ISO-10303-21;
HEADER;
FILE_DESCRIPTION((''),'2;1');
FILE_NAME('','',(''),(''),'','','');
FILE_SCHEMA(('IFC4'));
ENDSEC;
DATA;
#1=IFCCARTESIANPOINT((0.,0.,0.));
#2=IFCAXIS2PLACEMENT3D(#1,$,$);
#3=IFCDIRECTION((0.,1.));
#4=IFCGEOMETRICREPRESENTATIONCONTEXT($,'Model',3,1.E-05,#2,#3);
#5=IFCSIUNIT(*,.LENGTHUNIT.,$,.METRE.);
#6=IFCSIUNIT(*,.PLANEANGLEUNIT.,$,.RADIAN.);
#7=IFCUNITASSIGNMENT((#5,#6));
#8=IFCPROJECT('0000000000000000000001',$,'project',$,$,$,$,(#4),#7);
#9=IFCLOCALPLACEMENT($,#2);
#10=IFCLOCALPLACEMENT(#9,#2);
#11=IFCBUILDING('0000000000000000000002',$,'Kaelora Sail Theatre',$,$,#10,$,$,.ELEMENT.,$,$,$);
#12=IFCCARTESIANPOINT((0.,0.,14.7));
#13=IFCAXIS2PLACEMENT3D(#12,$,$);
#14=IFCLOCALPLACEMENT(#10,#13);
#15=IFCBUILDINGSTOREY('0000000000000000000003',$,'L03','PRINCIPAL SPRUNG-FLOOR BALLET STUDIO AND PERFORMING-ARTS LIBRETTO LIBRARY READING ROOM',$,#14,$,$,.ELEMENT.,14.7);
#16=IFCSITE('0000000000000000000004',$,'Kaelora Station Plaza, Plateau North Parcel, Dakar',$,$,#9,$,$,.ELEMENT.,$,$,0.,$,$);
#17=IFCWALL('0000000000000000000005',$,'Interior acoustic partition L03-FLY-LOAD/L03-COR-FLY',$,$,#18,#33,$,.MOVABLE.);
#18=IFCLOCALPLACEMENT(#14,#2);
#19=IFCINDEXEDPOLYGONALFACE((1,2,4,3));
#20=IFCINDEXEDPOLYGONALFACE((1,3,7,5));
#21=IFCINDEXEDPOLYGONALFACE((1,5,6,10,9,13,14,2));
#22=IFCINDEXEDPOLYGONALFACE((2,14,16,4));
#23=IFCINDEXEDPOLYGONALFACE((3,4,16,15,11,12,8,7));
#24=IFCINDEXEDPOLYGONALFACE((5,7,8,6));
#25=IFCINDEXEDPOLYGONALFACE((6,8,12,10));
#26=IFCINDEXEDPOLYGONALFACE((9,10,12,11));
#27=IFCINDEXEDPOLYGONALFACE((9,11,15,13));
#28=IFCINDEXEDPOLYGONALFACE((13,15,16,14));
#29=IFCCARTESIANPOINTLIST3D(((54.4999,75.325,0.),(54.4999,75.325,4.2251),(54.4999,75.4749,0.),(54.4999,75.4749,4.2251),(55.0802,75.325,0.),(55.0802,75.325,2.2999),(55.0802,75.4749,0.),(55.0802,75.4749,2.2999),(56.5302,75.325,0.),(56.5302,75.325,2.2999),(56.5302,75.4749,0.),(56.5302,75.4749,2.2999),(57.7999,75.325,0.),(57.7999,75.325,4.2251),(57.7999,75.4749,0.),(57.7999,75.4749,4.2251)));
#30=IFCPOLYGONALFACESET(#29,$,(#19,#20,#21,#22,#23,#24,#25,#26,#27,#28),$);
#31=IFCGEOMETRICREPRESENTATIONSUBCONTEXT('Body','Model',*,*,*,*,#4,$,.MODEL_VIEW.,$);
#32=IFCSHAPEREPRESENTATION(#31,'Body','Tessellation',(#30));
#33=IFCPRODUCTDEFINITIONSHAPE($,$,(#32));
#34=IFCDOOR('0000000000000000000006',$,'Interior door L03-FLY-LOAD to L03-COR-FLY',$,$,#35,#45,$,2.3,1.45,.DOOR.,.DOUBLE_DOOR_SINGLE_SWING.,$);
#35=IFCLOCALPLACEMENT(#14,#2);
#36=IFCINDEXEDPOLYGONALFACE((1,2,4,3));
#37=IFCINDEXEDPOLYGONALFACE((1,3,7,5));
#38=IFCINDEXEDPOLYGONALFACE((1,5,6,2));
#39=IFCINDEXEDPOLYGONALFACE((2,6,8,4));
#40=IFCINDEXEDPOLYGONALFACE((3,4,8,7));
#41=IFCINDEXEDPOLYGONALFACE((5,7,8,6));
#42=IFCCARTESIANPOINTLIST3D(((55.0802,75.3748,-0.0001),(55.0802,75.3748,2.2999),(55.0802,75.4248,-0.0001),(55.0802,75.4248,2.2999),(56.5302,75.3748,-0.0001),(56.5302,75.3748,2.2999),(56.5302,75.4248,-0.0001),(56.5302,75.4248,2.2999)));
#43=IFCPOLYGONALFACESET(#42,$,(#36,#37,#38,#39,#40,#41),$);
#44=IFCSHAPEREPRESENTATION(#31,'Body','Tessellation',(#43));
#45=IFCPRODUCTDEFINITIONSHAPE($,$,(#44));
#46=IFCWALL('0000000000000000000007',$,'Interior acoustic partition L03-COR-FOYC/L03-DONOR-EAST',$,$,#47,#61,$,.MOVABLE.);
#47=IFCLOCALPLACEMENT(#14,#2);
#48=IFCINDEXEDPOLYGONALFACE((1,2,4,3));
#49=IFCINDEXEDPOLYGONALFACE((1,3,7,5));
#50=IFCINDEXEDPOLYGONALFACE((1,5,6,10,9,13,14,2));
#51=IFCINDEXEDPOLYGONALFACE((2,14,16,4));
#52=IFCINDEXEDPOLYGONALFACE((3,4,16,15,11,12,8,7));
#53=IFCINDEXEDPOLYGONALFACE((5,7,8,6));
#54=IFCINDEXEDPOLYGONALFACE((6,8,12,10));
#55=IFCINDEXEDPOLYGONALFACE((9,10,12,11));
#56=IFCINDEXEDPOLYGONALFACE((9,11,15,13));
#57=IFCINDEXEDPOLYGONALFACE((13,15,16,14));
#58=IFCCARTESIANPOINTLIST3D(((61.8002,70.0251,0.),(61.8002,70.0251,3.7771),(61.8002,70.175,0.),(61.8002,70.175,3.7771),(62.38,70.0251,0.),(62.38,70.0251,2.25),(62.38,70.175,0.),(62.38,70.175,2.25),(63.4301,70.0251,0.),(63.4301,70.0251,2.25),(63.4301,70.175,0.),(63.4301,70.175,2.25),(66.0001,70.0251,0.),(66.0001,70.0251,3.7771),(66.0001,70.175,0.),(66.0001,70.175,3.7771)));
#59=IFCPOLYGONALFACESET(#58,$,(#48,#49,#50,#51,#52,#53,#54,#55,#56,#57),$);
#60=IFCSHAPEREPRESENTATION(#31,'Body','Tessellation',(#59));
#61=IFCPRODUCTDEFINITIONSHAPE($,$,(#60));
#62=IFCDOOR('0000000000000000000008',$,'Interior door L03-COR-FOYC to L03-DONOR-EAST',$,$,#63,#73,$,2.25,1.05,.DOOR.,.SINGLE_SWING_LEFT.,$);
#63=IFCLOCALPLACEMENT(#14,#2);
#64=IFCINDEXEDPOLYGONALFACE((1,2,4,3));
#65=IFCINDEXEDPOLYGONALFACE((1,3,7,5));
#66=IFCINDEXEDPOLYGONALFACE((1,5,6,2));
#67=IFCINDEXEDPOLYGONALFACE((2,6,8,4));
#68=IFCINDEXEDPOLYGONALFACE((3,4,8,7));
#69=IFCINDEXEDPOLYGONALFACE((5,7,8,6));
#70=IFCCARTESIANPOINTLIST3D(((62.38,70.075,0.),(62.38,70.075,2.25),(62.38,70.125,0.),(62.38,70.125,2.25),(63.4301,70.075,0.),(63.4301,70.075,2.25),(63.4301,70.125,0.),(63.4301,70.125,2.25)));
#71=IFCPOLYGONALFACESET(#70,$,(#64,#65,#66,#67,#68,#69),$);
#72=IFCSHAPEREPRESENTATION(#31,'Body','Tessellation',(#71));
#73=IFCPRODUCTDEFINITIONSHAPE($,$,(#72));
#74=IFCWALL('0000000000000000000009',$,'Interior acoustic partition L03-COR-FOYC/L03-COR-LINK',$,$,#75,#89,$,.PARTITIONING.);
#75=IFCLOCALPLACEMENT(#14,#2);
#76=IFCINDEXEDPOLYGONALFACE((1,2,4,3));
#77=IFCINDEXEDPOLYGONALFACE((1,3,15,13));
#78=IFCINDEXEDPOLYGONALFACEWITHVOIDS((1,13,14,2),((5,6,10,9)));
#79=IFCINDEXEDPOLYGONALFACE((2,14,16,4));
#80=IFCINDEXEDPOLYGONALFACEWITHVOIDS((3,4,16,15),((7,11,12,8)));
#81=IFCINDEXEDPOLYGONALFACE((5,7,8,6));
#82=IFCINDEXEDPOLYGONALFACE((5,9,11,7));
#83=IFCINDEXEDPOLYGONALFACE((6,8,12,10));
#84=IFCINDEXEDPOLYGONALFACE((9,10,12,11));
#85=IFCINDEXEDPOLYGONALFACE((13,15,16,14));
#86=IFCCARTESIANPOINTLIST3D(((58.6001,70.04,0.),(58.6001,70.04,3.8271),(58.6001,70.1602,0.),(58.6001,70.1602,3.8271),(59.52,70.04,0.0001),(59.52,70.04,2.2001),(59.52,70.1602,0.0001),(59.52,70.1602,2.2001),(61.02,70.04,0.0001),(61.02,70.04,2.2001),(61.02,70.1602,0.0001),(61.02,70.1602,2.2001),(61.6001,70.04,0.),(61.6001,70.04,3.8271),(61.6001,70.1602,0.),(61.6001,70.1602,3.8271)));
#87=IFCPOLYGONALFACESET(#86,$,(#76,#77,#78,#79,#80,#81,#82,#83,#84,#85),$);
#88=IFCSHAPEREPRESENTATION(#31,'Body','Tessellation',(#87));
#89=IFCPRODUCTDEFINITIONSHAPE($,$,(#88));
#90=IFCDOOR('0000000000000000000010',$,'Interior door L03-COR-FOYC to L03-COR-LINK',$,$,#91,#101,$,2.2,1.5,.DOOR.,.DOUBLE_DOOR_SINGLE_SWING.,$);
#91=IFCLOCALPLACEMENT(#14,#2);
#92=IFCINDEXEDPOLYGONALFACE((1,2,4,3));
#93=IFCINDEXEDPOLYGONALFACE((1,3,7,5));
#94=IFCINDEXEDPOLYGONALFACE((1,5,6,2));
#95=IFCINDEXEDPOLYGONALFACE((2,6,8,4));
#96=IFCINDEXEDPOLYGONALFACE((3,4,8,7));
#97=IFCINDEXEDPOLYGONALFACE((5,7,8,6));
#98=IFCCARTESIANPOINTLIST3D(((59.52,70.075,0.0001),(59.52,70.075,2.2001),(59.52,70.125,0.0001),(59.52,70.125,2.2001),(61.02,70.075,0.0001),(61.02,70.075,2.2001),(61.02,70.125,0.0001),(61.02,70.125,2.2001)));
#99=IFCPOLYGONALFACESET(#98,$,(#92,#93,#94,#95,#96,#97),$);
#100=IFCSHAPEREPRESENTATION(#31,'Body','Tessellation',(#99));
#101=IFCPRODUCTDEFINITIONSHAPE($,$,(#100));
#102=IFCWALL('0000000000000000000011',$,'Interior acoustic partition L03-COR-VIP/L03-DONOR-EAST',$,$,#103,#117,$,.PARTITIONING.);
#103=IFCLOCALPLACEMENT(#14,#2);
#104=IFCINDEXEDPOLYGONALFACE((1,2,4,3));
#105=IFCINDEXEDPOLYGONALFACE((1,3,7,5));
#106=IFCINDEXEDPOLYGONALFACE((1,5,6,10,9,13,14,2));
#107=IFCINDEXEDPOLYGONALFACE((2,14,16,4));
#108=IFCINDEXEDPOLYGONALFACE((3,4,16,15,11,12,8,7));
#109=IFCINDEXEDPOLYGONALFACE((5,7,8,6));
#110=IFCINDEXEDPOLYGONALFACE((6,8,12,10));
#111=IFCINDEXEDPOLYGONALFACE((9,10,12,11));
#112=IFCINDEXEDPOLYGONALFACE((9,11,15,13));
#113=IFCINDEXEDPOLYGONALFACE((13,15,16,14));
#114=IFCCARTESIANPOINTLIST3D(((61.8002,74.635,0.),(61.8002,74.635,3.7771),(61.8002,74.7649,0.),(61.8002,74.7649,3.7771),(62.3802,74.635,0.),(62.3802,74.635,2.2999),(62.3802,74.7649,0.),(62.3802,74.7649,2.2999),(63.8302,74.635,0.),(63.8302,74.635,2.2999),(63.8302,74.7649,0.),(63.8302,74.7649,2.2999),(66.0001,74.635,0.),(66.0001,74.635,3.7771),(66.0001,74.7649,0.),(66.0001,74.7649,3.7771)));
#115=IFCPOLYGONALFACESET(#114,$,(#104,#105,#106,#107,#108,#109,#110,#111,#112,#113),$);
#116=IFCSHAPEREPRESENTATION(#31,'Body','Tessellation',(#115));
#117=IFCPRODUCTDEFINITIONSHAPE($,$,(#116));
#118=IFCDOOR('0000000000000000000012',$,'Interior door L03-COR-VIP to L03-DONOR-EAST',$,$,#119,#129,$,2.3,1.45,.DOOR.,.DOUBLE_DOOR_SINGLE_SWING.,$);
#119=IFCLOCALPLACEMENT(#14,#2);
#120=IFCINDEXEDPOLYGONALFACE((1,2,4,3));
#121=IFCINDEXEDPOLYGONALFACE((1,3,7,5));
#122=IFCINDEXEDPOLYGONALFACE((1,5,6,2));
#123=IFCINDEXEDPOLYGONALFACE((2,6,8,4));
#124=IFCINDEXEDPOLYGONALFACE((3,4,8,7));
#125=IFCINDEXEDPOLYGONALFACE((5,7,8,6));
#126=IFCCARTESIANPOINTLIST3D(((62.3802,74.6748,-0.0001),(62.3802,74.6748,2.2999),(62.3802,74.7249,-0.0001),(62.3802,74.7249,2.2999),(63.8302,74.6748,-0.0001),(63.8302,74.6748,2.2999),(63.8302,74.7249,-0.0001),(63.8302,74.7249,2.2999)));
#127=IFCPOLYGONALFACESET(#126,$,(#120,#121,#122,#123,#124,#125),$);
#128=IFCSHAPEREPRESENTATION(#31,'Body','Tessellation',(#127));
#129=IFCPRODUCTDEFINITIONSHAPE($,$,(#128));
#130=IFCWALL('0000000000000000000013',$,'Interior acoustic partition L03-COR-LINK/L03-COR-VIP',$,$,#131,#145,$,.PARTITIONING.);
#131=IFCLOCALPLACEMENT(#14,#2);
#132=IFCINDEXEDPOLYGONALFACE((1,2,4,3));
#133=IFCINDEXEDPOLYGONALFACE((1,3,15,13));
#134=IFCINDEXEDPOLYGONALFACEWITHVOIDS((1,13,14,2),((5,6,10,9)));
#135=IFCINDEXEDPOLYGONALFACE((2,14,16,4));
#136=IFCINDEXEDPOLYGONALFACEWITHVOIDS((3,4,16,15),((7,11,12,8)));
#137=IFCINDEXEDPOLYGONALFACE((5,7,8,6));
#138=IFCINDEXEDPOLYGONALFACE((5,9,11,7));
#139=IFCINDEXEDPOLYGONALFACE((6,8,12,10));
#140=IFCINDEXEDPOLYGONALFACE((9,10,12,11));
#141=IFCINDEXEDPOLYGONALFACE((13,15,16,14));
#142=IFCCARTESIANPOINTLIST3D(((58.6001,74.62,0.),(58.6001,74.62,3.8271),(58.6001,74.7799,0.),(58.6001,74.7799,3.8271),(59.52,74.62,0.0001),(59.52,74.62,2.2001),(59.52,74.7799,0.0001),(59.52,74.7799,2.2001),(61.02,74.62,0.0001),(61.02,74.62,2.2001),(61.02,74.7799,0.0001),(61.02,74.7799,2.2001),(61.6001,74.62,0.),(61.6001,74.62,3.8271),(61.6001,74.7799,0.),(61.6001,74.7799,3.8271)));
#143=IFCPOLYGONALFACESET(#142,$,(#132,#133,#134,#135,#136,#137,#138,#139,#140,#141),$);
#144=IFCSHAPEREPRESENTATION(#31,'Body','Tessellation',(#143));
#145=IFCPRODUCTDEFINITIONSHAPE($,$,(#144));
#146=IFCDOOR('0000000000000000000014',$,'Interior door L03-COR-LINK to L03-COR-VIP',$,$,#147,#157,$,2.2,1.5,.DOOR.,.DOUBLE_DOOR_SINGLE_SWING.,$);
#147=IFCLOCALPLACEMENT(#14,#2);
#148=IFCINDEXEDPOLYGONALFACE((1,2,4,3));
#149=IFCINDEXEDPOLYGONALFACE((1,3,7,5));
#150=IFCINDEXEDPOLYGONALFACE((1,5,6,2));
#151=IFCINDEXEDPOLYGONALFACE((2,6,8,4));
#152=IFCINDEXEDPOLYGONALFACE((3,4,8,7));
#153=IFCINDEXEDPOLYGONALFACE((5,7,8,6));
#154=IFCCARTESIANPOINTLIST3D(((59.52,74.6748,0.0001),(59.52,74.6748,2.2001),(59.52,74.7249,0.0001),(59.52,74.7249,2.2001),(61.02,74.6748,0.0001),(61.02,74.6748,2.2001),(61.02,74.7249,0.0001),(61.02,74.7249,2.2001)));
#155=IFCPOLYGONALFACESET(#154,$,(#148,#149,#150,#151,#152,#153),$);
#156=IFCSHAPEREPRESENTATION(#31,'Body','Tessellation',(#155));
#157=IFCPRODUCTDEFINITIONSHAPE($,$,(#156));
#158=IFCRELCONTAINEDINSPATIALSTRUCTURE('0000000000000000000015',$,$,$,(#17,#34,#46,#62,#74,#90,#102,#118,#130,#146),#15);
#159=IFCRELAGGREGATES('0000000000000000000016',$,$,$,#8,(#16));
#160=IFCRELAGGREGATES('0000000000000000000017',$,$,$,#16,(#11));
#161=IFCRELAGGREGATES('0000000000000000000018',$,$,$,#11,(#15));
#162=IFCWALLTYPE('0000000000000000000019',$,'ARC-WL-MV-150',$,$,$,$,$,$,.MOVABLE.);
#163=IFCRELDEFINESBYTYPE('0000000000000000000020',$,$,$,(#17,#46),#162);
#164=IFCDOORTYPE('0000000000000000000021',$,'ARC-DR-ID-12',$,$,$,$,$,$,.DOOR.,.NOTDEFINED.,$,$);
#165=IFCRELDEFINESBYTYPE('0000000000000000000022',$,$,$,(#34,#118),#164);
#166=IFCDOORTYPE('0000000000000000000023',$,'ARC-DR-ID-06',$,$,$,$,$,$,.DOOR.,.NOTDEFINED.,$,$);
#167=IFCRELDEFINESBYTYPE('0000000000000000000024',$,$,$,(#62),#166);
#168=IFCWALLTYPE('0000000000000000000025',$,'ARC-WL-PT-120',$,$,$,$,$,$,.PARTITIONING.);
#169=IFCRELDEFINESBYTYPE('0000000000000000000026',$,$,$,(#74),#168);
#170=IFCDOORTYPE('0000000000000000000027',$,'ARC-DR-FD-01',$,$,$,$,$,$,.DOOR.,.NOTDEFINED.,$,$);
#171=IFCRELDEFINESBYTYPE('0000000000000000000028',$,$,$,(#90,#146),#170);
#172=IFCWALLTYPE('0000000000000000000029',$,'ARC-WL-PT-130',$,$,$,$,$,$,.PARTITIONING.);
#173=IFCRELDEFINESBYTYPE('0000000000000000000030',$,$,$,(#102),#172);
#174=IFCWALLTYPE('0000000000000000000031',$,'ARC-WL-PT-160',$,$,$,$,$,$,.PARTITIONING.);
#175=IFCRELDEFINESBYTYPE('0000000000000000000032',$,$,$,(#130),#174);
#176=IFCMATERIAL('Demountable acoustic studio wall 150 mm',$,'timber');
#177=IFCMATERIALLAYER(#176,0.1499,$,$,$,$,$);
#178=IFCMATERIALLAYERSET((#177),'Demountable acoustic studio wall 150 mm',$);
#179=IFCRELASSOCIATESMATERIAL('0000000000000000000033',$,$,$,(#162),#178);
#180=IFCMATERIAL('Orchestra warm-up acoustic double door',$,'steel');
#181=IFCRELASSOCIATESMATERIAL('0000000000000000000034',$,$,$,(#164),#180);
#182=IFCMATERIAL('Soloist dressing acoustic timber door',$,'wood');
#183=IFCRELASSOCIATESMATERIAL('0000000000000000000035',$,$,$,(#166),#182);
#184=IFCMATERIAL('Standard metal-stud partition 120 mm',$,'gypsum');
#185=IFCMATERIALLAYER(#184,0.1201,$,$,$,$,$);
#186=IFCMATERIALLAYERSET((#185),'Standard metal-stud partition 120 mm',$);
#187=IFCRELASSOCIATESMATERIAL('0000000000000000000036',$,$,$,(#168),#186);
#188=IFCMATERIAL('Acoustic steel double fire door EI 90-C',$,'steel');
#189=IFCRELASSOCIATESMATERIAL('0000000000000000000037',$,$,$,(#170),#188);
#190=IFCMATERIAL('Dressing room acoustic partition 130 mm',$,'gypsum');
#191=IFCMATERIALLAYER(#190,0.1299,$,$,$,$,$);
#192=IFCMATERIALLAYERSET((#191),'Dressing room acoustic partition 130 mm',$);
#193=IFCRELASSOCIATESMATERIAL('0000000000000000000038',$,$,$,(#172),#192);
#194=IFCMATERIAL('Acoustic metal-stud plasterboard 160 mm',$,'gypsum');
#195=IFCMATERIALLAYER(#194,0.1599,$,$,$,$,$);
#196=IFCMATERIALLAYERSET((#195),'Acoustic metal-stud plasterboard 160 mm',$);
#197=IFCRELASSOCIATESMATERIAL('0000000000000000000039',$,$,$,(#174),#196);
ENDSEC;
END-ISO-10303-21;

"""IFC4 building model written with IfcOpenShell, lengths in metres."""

from ifc_helpers import new_model, si_unit, direction, frame, frame_2d, origin, place, context, subcontext, project, spatial, rectangle, extrude, material, layer, layer_set, type_object, element, fill, save


model = new_model("IFC4")

# Units and contexts
model_context = context("Model", 3, precision=1e-05, world=origin(), true_north=direction((0.0, 1.0)))
body_context = subcontext(model_context, "Body", "Model", "MODEL_VIEW")
ifc_project = project(units=[si_unit("LENGTHUNIT", "METRE"), si_unit("PLANEANGLEUNIT", "RADIAN")], contexts=[model_context])

# Site, building, storey
site_placement = place(None, origin())
site = spatial("IfcSite", under=ifc_project, at=site_placement, Name="Kaelora Station Plaza, Plateau North Parcel, Dakar", CompositionType="ELEMENT", RefElevation=0.0)
building_placement = place(site_placement, origin())
building = spatial("IfcBuilding", under=site, at=building_placement, Name="Kaelora Sail Theatre", CompositionType="ELEMENT")
storey_placement = place(building_placement, frame((0.0, 0.0, 14.7)))
storey = spatial("IfcBuildingStorey", under=building, at=storey_placement, Name="L03", Description="PRINCIPAL SPRUNG-FLOOR BALLET STUDIO AND PERFORMING-ARTS LIBRETTO LIBRARY READING ROOM", CompositionType="ELEMENT", Elevation=14.7)

# Walls, openings, doors
ifc_material_1 = material(Name="Demountable acoustic studio wall 150 mm", Category="timber")
ifc_layer_1 = layer(ifc_material_1, 0.1499)
ifc_layer_set_1 = layer_set([ifc_layer_1], Name="Demountable acoustic studio wall 150 mm")
wall_type_1 = type_object("IfcWallType", Name="ARC-WL-MV-150", PredefinedType="MOVABLE", material=ifc_layer_set_1)
wall_1_placement = place(storey_placement, frame((54.5, 75.3999, 0.0), z_axis=(0.0, 0.0, 1.0), x_axis=(1.0, 0.0, 0.0)))
wall_1 = element("IfcWall", 1, at=wall_1_placement, inside=storey, type_object=wall_type_1, Name="Interior acoustic partition L03-FLY-LOAD/L03-COR-FLY", PredefinedType="MOVABLE", context=body_context, shape_type="SweptSolid", body=[
    extrude(rectangle(XDim=3.3, YDim=0.1499, at=frame_2d((1.6499, 0.0))), origin(), (0.0, 0.0, 1.0), 4.2251),
])
opening_1_placement = place(wall_1_placement, frame((0.5801, 0.0, 0.0)))
opening_1 = element("IfcOpeningElement", 2, at=opening_1_placement, cuts=wall_1, PredefinedType="OPENING", context=body_context, shape_type="SweptSolid", body=[
    extrude(rectangle(XDim=1.45, YDim=2.3, at=frame_2d((0.7251, 1.1499))), frame((0.0, 0.085, 0.0), z_axis=(0.0, -1.0, 0.0), x_axis=(1.0, 0.0, 0.0)), (0.0, 0.0, 1.0), 0.1699),
])
ifc_material_2 = material(Name="Orchestra warm-up acoustic double door", Category="steel")
door_type_1 = type_object("IfcDoorType", Name="ARC-DR-ID-12", OperationType="NOTDEFINED", PredefinedType="DOOR", material=ifc_material_2)
door_1_placement = place(opening_1_placement, origin())
door_1 = element("IfcDoor", 3, at=door_1_placement, inside=storey, type_object=door_type_1, Name="Interior door L03-FLY-LOAD to L03-COR-FLY", OperationType="DOUBLE_DOOR_SINGLE_SWING", OverallHeight=2.3, OverallWidth=1.45, PredefinedType="DOOR", context=body_context, shape_type="SweptSolid", body=[
    extrude(rectangle(XDim=1.45, YDim=2.3, at=frame_2d((0.7251, 1.1499))), frame((0.0, 0.0249, 0.0), z_axis=(0.0, -1.0, 0.0), x_axis=(1.0, 0.0, 0.0)), (0.0, 0.0, 1.0), 0.05),
])
fill(opening_1, door_1)
wall_2_placement = place(storey_placement, frame((61.8, 70.1001, 0.0), z_axis=(0.0, 0.0, 1.0), x_axis=(1.0, 0.0, 0.0)))
wall_2 = element("IfcWall", 4, at=wall_2_placement, inside=storey, type_object=wall_type_1, Name="Interior acoustic partition L03-COR-FOYC/L03-DONOR-EAST", PredefinedType="MOVABLE", context=body_context, shape_type="SweptSolid", body=[
    extrude(rectangle(XDim=4.2, YDim=0.1499, at=frame_2d((2.1001, 0.0))), origin(), (0.0, 0.0, 1.0), 3.7771),
])
opening_2_placement = place(wall_2_placement, frame((0.5801, 0.0, 0.0)))
opening_2 = element("IfcOpeningElement", 5, at=opening_2_placement, cuts=wall_2, PredefinedType="OPENING", context=body_context, shape_type="SweptSolid", body=[
    extrude(rectangle(XDim=1.05, YDim=2.25, at=frame_2d((0.5249, 1.125))), frame((0.0, 0.085, 0.0), z_axis=(0.0, -1.0, 0.0), x_axis=(1.0, 0.0, 0.0)), (0.0, 0.0, 1.0), 0.1699),
])
ifc_material_3 = material(Name="Soloist dressing acoustic timber door", Category="wood")
door_type_2 = type_object("IfcDoorType", Name="ARC-DR-ID-06", OperationType="NOTDEFINED", PredefinedType="DOOR", material=ifc_material_3)
door_2_placement = place(opening_2_placement, origin())
door_2 = element("IfcDoor", 6, at=door_2_placement, inside=storey, type_object=door_type_2, Name="Interior door L03-COR-FOYC to L03-DONOR-EAST", OperationType="SINGLE_SWING_LEFT", OverallHeight=2.25, OverallWidth=1.05, PredefinedType="DOOR", context=body_context, shape_type="SweptSolid", body=[
    extrude(rectangle(XDim=1.05, YDim=2.25, at=frame_2d((0.5249, 1.125))), frame((0.0, 0.0249, 0.0), z_axis=(0.0, -1.0, 0.0), x_axis=(1.0, 0.0, 0.0)), (0.0, 0.0, 1.0), 0.05),
])
fill(opening_2, door_2)
ifc_material_4 = material(Name="Standard metal-stud partition 120 mm", Category="gypsum")
ifc_layer_2 = layer(ifc_material_4, 0.1201)
ifc_layer_set_2 = layer_set([ifc_layer_2], Name="Standard metal-stud partition 120 mm")
wall_type_2 = type_object("IfcWallType", Name="ARC-WL-PT-120", PredefinedType="PARTITIONING", material=ifc_layer_set_2)
wall_3_placement = place(storey_placement, frame((58.6001, 70.1001, 0.0), z_axis=(0.0, 0.0, 1.0), x_axis=(1.0, 0.0, 0.0)))
wall_3 = element("IfcWall", 7, at=wall_3_placement, inside=storey, type_object=wall_type_2, Name="Interior acoustic partition L03-COR-FOYC/L03-COR-LINK", PredefinedType="PARTITIONING", context=body_context, shape_type="SweptSolid", body=[
    extrude(rectangle(XDim=3.0, YDim=0.1201, at=frame_2d((1.5, 0.0))), origin(), (0.0, 0.0, 1.0), 3.8271),
])
opening_3_placement = place(wall_3_placement, frame((0.9199, 0.0, 0.0)))
opening_3 = element("IfcOpeningElement", 8, at=opening_3_placement, cuts=wall_3, PredefinedType="OPENING", context=body_context, shape_type="SweptSolid", body=[
    extrude(rectangle(XDim=1.5, YDim=2.2, at=frame_2d((0.75, 1.1001))), frame((0.0, 0.0701, 0.0), z_axis=(0.0, -1.0, 0.0), x_axis=(1.0, 0.0, 0.0)), (0.0, 0.0, 1.0), 0.1401),
])
ifc_material_5 = material(Name="Acoustic steel double fire door EI 90-C", Category="steel")
door_type_3 = type_object("IfcDoorType", Name="ARC-DR-FD-01", OperationType="NOTDEFINED", PredefinedType="DOOR", material=ifc_material_5)
door_3_placement = place(opening_3_placement, origin())
door_3 = element("IfcDoor", 9, at=door_3_placement, inside=storey, type_object=door_type_3, Name="Interior door L03-COR-FOYC to L03-COR-LINK", OperationType="DOUBLE_DOOR_SINGLE_SWING", OverallHeight=2.2, OverallWidth=1.5, PredefinedType="DOOR", context=body_context, shape_type="SweptSolid", body=[
    extrude(rectangle(XDim=1.5, YDim=2.2, at=frame_2d((0.75, 1.1001))), frame((0.0, 0.0249, 0.0), z_axis=(0.0, -1.0, 0.0), x_axis=(1.0, 0.0, 0.0)), (0.0, 0.0, 1.0), 0.05),
])
fill(opening_3, door_3)
ifc_material_6 = material(Name="Dressing room acoustic partition 130 mm", Category="gypsum")
ifc_layer_3 = layer(ifc_material_6, 0.1299)
ifc_layer_set_3 = layer_set([ifc_layer_3], Name="Dressing room acoustic partition 130 mm")
wall_type_3 = type_object("IfcWallType", Name="ARC-WL-PT-130", PredefinedType="PARTITIONING", material=ifc_layer_set_3)
wall_4_placement = place(storey_placement, frame((61.8, 74.7, 0.0), z_axis=(0.0, 0.0, 1.0), x_axis=(1.0, 0.0, 0.0)))
wall_4 = element("IfcWall", 10, at=wall_4_placement, inside=storey, type_object=wall_type_3, Name="Interior acoustic partition L03-COR-VIP/L03-DONOR-EAST", PredefinedType="PARTITIONING", context=body_context, shape_type="SweptSolid", body=[
    extrude(rectangle(XDim=4.2, YDim=0.1299, at=frame_2d((2.1001, 0.0))), origin(), (0.0, 0.0, 1.0), 3.7771),
])
opening_4_placement = place(wall_4_placement, frame((0.5801, 0.0, 0.0)))
opening_4 = element("IfcOpeningElement", 11, at=opening_4_placement, cuts=wall_4, PredefinedType="OPENING", context=body_context, shape_type="SweptSolid", body=[
    extrude(rectangle(XDim=1.45, YDim=2.3, at=frame_2d((0.7251, 1.1499))), frame((0.0, 0.0749, 0.0), z_axis=(0.0, -1.0, 0.0), x_axis=(1.0, 0.0, 0.0)), (0.0, 0.0, 1.0), 0.1499),
])
door_4_placement = place(opening_4_placement, origin())
door_4 = element("IfcDoor", 12, at=door_4_placement, inside=storey, type_object=door_type_1, Name="Interior door L03-COR-VIP to L03-DONOR-EAST", OperationType="DOUBLE_DOOR_SINGLE_SWING", OverallHeight=2.3, OverallWidth=1.45, PredefinedType="DOOR", context=body_context, shape_type="SweptSolid", body=[
    extrude(rectangle(XDim=1.45, YDim=2.3, at=frame_2d((0.7251, 1.1499))), frame((0.0, 0.0249, 0.0), z_axis=(0.0, -1.0, 0.0), x_axis=(1.0, 0.0, 0.0)), (0.0, 0.0, 1.0), 0.05),
])
fill(opening_4, door_4)
ifc_material_7 = material(Name="Acoustic metal-stud plasterboard 160 mm", Category="gypsum")
ifc_layer_4 = layer(ifc_material_7, 0.1599)
ifc_layer_set_4 = layer_set([ifc_layer_4], Name="Acoustic metal-stud plasterboard 160 mm")
wall_type_4 = type_object("IfcWallType", Name="ARC-WL-PT-160", PredefinedType="PARTITIONING", material=ifc_layer_set_4)
wall_5_placement = place(storey_placement, frame((58.6001, 74.7, 0.0), z_axis=(0.0, 0.0, 1.0), x_axis=(1.0, 0.0, 0.0)))
wall_5 = element("IfcWall", 13, at=wall_5_placement, inside=storey, type_object=wall_type_4, Name="Interior acoustic partition L03-COR-LINK/L03-COR-VIP", PredefinedType="PARTITIONING", context=body_context, shape_type="SweptSolid", body=[
    extrude(rectangle(XDim=3.0, YDim=0.1599, at=frame_2d((1.5, 0.0))), origin(), (0.0, 0.0, 1.0), 3.8271),
])
opening_5_placement = place(wall_5_placement, frame((0.9199, 0.0, 0.0)))
opening_5 = element("IfcOpeningElement", 14, at=opening_5_placement, cuts=wall_5, PredefinedType="OPENING", context=body_context, shape_type="SweptSolid", body=[
    extrude(rectangle(XDim=1.5, YDim=2.2, at=frame_2d((0.75, 1.1001))), frame((0.0, 0.0901, 0.0), z_axis=(0.0, -1.0, 0.0), x_axis=(1.0, 0.0, 0.0)), (0.0, 0.0, 1.0), 0.1799),
])
door_5_placement = place(opening_5_placement, origin())
door_5 = element("IfcDoor", 15, at=door_5_placement, inside=storey, type_object=door_type_3, Name="Interior door L03-COR-LINK to L03-COR-VIP", OperationType="DOUBLE_DOOR_SINGLE_SWING", OverallHeight=2.2, OverallWidth=1.5, PredefinedType="DOOR", context=body_context, shape_type="SweptSolid", body=[
    extrude(rectangle(XDim=1.5, YDim=2.2, at=frame_2d((0.75, 1.1001))), frame((0.0, 0.0249, 0.0), z_axis=(0.0, -1.0, 0.0), x_axis=(1.0, 0.0, 0.0)), (0.0, 0.0, 1.0), 0.05),
])
fill(opening_5, door_5)

save(model, "model.ifc")
